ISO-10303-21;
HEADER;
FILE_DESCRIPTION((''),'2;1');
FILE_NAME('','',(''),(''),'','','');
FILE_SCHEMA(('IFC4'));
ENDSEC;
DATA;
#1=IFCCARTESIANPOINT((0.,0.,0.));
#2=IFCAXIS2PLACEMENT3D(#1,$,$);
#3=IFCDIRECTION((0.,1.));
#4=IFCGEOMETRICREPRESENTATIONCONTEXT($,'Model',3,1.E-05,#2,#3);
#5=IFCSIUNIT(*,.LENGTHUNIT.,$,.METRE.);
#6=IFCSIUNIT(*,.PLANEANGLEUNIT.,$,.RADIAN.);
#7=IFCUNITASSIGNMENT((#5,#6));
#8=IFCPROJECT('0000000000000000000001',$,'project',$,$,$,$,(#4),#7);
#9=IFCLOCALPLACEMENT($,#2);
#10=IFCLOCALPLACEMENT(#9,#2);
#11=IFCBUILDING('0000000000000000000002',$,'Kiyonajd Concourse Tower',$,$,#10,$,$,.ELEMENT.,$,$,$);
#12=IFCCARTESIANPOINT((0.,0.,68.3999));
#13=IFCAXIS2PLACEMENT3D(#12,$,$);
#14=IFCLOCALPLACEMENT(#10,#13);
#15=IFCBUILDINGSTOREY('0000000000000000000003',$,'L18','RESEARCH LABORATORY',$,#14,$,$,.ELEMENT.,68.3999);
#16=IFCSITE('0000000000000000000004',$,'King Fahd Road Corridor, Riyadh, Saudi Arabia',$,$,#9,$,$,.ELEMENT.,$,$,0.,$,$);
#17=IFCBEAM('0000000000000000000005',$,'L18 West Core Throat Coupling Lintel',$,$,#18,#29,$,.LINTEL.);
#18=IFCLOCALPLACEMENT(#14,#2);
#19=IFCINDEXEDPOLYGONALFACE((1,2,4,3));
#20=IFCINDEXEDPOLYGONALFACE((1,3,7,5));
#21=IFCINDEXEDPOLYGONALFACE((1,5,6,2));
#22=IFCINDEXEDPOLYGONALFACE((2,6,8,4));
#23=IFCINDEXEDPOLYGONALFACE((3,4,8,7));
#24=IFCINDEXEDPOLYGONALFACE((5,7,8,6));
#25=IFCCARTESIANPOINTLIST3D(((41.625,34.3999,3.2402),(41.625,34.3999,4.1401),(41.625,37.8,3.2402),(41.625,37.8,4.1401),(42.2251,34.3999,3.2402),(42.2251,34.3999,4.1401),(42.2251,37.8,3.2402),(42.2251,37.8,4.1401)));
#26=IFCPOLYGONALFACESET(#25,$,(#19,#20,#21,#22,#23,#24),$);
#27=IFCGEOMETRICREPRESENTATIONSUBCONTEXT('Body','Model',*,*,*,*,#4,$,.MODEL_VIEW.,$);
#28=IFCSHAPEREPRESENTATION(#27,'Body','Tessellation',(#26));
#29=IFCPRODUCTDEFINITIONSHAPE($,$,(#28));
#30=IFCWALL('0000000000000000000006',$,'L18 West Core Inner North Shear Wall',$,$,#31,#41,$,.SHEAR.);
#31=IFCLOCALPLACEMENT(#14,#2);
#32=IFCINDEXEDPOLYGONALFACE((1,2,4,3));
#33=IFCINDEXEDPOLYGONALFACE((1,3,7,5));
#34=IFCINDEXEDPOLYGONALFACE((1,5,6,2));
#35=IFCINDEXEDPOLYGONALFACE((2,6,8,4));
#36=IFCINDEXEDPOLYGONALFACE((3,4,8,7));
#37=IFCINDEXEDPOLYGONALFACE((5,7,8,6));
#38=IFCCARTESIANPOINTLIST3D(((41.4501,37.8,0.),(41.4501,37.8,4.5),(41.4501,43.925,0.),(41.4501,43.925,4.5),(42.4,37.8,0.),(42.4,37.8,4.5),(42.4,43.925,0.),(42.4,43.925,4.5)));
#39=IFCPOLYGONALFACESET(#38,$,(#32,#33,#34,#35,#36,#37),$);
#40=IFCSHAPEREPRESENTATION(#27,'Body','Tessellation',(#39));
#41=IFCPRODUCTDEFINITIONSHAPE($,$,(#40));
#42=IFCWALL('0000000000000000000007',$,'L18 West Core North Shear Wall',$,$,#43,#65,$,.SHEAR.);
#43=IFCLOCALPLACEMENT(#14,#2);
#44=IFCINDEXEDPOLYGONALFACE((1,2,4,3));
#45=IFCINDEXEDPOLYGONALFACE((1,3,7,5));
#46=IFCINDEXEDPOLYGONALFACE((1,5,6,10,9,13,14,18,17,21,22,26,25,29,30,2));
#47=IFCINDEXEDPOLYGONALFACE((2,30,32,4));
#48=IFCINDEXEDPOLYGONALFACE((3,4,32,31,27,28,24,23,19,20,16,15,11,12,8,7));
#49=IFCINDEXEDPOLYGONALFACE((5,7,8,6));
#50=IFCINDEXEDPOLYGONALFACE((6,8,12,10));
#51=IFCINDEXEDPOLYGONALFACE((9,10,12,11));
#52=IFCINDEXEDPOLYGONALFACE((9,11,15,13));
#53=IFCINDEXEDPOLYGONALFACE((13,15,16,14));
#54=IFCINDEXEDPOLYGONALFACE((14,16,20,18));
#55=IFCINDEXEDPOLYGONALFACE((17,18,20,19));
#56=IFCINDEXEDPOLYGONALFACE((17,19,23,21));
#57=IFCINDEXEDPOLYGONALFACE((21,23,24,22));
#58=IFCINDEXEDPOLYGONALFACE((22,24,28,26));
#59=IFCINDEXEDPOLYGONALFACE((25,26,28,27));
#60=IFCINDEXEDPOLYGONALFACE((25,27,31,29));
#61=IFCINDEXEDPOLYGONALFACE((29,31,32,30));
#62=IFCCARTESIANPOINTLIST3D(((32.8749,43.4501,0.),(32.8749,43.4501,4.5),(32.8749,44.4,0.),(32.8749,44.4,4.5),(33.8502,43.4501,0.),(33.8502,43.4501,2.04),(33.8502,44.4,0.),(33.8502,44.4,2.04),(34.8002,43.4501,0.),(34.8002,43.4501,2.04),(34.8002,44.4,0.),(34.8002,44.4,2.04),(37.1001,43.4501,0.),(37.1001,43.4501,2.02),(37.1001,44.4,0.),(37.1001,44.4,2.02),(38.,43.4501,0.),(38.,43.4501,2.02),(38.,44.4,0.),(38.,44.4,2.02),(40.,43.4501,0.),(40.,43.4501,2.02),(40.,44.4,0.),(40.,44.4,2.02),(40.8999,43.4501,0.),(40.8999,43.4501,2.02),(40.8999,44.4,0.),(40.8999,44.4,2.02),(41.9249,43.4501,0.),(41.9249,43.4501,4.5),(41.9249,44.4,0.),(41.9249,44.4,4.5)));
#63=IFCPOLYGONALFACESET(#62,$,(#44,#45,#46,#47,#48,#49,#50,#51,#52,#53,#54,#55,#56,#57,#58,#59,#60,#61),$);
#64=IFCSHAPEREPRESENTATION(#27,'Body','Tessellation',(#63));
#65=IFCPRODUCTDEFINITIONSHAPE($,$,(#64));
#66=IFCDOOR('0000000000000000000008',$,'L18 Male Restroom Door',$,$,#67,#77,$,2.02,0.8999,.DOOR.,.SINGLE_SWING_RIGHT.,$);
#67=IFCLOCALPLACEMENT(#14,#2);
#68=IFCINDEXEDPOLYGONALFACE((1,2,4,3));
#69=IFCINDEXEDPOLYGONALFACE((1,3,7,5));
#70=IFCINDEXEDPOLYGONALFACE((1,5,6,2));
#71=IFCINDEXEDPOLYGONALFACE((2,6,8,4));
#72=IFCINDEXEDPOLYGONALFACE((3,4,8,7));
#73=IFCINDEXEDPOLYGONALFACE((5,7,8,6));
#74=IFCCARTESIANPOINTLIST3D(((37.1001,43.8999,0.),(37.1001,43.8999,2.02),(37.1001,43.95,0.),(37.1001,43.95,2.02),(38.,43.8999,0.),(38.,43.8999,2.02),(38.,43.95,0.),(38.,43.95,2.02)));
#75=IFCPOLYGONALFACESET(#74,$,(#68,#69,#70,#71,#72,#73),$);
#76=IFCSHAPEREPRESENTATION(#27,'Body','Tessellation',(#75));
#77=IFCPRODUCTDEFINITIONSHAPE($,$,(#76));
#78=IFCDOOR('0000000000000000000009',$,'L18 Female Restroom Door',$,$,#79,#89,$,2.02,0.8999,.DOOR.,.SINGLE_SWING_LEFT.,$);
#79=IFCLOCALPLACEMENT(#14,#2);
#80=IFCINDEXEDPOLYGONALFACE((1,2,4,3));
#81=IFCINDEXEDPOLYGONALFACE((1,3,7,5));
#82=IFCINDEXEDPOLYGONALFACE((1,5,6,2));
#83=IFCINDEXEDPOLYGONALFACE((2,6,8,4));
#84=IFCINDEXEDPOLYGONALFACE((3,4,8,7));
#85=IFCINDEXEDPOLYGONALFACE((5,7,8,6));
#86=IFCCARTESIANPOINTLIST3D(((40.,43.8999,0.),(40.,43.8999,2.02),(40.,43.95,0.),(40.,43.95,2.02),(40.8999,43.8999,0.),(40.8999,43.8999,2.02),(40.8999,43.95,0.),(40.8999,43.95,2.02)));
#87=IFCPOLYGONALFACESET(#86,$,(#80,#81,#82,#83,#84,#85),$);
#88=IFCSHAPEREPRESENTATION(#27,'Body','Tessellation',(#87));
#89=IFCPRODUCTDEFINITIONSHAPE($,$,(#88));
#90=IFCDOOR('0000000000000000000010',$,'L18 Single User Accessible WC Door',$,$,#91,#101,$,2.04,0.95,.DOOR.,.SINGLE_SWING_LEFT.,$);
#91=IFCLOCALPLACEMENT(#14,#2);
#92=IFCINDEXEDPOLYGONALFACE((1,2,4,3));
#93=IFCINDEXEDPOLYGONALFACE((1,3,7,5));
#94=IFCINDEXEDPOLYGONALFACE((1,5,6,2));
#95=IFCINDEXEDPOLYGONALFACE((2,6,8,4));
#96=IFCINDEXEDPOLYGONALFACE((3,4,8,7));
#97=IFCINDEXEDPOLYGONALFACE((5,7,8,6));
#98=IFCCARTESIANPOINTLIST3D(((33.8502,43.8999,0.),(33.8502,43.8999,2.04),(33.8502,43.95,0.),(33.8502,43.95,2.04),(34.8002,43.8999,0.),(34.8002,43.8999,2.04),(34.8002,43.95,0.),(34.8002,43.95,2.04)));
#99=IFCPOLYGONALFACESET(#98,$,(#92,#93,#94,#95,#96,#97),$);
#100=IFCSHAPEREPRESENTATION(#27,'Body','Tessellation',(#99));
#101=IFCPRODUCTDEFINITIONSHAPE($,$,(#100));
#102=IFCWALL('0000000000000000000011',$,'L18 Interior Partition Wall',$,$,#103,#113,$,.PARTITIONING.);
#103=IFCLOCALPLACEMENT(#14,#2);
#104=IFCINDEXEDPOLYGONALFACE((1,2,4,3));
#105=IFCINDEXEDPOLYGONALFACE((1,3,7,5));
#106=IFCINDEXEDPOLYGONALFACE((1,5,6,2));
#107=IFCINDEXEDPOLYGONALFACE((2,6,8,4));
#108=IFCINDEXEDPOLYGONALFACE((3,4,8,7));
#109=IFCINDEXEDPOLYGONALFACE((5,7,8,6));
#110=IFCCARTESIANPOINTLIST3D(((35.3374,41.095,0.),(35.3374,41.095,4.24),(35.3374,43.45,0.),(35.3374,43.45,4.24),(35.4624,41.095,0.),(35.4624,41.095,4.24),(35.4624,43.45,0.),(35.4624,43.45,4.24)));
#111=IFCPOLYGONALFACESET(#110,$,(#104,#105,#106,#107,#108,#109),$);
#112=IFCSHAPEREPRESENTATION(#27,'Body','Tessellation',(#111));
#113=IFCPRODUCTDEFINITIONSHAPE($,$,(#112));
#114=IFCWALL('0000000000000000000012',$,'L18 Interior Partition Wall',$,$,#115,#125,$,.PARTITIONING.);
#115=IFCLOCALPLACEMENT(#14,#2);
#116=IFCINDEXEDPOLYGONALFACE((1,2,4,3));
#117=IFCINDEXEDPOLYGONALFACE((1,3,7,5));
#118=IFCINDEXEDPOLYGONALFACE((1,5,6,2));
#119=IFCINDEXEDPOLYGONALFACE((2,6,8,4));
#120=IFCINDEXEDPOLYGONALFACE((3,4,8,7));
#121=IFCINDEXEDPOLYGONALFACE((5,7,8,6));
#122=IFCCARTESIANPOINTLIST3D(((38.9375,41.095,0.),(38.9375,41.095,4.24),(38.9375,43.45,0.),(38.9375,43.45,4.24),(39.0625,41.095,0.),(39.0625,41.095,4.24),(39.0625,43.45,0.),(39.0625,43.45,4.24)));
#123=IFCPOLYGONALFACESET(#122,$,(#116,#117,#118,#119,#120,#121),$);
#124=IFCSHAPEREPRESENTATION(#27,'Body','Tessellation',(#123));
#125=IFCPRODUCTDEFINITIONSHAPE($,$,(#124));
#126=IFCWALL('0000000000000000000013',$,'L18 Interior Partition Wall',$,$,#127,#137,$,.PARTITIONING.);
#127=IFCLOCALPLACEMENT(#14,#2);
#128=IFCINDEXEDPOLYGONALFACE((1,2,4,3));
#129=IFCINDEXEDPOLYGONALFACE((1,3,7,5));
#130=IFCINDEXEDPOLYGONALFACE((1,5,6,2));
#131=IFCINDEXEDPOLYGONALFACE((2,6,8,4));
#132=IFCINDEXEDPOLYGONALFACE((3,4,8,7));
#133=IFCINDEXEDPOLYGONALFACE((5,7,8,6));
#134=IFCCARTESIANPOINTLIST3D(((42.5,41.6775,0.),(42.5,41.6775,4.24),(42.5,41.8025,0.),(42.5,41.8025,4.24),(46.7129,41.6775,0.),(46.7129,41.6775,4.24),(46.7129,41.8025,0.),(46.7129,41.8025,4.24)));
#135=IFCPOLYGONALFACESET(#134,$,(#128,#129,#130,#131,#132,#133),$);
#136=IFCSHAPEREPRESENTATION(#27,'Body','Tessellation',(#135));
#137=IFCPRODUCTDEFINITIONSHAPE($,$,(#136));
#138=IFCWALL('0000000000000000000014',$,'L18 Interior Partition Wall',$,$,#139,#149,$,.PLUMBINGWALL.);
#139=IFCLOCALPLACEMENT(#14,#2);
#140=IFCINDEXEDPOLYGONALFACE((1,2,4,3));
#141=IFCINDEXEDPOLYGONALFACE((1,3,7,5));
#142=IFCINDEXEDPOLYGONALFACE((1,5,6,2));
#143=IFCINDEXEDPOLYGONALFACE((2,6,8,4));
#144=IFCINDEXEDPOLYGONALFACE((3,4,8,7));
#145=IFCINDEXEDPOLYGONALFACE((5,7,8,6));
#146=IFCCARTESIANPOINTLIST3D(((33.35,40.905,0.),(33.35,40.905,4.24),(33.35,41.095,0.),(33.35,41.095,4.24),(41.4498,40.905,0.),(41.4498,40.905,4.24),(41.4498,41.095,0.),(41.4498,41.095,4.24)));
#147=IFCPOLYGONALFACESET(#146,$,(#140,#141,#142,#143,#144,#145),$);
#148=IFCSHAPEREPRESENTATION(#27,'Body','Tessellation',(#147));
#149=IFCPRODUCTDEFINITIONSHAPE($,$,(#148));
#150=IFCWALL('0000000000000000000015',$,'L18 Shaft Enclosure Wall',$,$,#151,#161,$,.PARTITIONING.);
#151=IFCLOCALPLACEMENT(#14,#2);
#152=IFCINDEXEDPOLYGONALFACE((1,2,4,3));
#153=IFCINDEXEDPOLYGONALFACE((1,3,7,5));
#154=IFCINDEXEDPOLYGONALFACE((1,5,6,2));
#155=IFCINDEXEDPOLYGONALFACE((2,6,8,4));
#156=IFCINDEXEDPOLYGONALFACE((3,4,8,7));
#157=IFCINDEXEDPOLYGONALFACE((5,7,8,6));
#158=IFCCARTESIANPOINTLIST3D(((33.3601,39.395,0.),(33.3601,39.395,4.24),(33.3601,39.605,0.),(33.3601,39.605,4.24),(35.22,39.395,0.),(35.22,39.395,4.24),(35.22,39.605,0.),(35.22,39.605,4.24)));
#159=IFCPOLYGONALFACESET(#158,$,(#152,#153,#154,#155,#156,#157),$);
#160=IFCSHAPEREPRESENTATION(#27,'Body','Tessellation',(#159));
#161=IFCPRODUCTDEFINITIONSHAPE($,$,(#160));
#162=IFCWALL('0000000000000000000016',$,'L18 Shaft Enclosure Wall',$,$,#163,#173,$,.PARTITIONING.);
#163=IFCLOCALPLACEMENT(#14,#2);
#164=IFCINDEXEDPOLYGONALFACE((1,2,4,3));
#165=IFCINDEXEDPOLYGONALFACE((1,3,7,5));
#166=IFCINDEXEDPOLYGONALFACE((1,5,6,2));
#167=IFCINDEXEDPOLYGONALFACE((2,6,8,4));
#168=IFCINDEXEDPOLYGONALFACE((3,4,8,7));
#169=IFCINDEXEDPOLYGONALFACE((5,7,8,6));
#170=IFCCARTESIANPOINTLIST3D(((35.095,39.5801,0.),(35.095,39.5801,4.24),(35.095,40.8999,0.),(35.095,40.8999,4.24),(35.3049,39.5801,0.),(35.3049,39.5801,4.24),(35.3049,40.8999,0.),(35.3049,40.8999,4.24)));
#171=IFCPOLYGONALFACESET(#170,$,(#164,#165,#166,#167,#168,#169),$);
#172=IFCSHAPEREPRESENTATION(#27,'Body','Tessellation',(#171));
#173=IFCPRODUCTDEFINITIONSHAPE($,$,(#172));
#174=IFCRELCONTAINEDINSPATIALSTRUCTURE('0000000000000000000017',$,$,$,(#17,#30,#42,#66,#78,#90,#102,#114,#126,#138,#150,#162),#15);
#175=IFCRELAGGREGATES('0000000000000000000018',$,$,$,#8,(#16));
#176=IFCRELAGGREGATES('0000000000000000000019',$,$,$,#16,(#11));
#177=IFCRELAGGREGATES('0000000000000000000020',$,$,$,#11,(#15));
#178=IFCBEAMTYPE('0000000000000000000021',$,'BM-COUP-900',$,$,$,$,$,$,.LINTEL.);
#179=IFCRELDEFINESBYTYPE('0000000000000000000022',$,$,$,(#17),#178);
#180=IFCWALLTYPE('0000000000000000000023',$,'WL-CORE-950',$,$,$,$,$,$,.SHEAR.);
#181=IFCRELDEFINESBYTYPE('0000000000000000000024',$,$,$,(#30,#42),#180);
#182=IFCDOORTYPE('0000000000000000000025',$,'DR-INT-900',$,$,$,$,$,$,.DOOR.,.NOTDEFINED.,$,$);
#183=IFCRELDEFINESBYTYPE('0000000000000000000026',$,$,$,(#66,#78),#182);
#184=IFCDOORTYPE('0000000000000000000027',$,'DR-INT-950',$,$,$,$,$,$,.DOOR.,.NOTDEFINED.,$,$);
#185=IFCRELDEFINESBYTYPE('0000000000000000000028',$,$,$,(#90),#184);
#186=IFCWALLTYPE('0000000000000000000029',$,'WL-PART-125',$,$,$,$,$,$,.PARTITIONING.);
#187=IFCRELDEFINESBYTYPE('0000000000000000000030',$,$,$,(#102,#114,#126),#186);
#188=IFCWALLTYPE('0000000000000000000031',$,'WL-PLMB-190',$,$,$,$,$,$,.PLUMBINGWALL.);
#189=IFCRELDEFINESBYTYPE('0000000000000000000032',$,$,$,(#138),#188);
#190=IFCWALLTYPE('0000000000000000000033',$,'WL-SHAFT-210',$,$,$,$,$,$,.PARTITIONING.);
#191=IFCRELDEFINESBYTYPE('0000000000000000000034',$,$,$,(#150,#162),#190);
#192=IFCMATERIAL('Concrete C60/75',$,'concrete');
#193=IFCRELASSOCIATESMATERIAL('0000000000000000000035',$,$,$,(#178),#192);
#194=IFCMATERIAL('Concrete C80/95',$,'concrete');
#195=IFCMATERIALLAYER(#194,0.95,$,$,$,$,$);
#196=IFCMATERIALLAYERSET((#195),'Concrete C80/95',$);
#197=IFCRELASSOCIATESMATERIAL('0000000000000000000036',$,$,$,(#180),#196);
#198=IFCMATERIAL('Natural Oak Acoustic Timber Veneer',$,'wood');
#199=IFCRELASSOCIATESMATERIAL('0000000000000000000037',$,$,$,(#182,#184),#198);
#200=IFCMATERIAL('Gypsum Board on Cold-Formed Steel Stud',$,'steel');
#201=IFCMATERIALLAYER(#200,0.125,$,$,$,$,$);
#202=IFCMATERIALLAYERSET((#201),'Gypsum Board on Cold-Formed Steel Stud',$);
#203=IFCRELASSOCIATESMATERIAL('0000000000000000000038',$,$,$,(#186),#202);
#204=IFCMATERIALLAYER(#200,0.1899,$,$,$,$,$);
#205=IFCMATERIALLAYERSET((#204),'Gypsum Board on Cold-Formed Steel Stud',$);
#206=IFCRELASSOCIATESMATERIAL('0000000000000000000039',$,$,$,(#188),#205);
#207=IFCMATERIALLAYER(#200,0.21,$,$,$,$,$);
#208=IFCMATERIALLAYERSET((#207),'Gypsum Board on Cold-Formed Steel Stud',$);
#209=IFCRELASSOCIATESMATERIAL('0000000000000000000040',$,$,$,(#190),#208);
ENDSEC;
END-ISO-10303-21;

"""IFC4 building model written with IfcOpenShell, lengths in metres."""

from ifc_helpers import new_model, si_unit, direction, frame, frame_2d, origin, origin_2d, place, context, subcontext, project, spatial, rectangle, extrude, material, layer, layer_set, material_profile, profile_set, type_object, element, fill, save


model = new_model("IFC4")

# Units and contexts
model_context = context("Model", 3, precision=1e-05, world=origin(), true_north=direction((0.0, 1.0)))
body_context = subcontext(model_context, "Body", "Model", "MODEL_VIEW")
ifc_project = project(units=[si_unit("LENGTHUNIT", "METRE"), si_unit("PLANEANGLEUNIT", "RADIAN")], contexts=[model_context])

# Site, building, storey
site_placement = place(None, origin())
site = spatial("IfcSite", under=ifc_project, at=site_placement, Name="King Fahd Road Corridor, Riyadh, Saudi Arabia", CompositionType="ELEMENT", RefElevation=0.0)
building_placement = place(site_placement, origin())
building = spatial("IfcBuilding", under=site, at=building_placement, Name="Kiyonajd Concourse Tower", CompositionType="ELEMENT")
storey_placement = place(building_placement, frame((0.0, 0.0, 68.3999)))
storey = spatial("IfcBuildingStorey", under=building, at=storey_placement, Name="L18", Description="RESEARCH LABORATORY", CompositionType="ELEMENT", Elevation=68.3999)

# Beam
ifc_material_1 = material(Name="Concrete C60/75", Category="concrete")
ifc_material_profile = material_profile(ifc_material_1, rectangle(XDim=0.6001, YDim=0.8999, at=origin_2d()), Name="RCBM-600x900")
ifc_profile_set = profile_set([ifc_material_profile], Name="Concrete C60/75")
beam_type = type_object("IfcBeamType", Name="BM-COUP-900", PredefinedType="LINTEL", material=ifc_profile_set)
beam_placement = place(storey_placement, frame((41.925, 34.3999, 3.6902), z_axis=(0.0, 1.0, 0.0), x_axis=(-1.0, 0.0, 0.0)))
element("IfcBeam", 1, at=beam_placement, inside=storey, type_object=beam_type, Name="L18 West Core Throat Coupling Lintel", PredefinedType="LINTEL", context=body_context, shape_type="SweptSolid", body=[
    extrude(rectangle(XDim=0.6001, YDim=0.8999, at=origin_2d()), origin(), (0.0, 0.0, 1.0), 3.4001),
])

# Wall
ifc_material_2 = material(Name="Concrete C80/95", Category="concrete")
ifc_layer_1 = layer(ifc_material_2, 0.95)
ifc_layer_set_1 = layer_set([ifc_layer_1], Name="Concrete C80/95")
wall_type_1 = type_object("IfcWallType", Name="WL-CORE-950", PredefinedType="SHEAR", material=ifc_layer_set_1)
wall_1_placement = place(storey_placement, frame((41.925, 37.8, 0.0), z_axis=(0.0, 0.0, 1.0), x_axis=(0.0, 1.0, 0.0)))
element("IfcWall", 2, at=wall_1_placement, inside=storey, type_object=wall_type_1, Name="L18 West Core Inner North Shear Wall", PredefinedType="SHEAR", context=body_context, shape_type="SweptSolid", body=[
    extrude(rectangle(XDim=6.125, YDim=0.95, at=frame_2d((3.0625, 0.0))), origin(), (0.0, 0.0, 1.0), 4.5),
])

# Wall, openings, doors
wall_2_placement = place(storey_placement, frame((32.875, 43.925, 0.0), z_axis=(0.0, 0.0, 1.0), x_axis=(1.0, 0.0, 0.0)))
wall_2 = element("IfcWall", 3, at=wall_2_placement, inside=storey, type_object=wall_type_1, Name="L18 West Core North Shear Wall", PredefinedType="SHEAR", context=body_context, shape_type="SweptSolid", body=[
    extrude(rectangle(XDim=9.05, YDim=0.95, at=frame_2d((4.5249, 0.0))), origin(), (0.0, 0.0, 1.0), 4.5),
])
opening_1_placement = place(wall_2_placement, frame((0.9751, 0.0, 0.0)))
opening_1 = element("IfcOpeningElement", 4, at=opening_1_placement, cuts=wall_2, PredefinedType="OPENING", context=body_context, shape_type="SweptSolid", body=[
    extrude(rectangle(XDim=0.95, YDim=2.04, at=frame_2d((0.4751, 1.02))), frame((0.0, 0.4849, 0.0), z_axis=(0.0, -1.0, 0.0), x_axis=(1.0, 0.0, 0.0)), (0.0, 0.0, 1.0), 0.97),
])
opening_2_placement = place(wall_2_placement, frame((4.2251, 0.0, 0.0)))
opening_2 = element("IfcOpeningElement", 5, at=opening_2_placement, cuts=wall_2, PredefinedType="OPENING", context=body_context, shape_type="SweptSolid", body=[
    extrude(rectangle(XDim=0.8999, YDim=2.02, at=frame_2d((0.45, 1.01))), frame((0.0, 0.4849, 0.0), z_axis=(0.0, -1.0, 0.0), x_axis=(1.0, 0.0, 0.0)), (0.0, 0.0, 1.0), 0.97),
])
opening_3_placement = place(wall_2_placement, frame((7.125, 0.0, 0.0)))
opening_3 = element("IfcOpeningElement", 6, at=opening_3_placement, cuts=wall_2, PredefinedType="OPENING", context=body_context, shape_type="SweptSolid", body=[
    extrude(rectangle(XDim=0.8999, YDim=2.02, at=frame_2d((0.45, 1.01))), frame((0.0, 0.4849, 0.0), z_axis=(0.0, -1.0, 0.0), x_axis=(1.0, 0.0, 0.0)), (0.0, 0.0, 1.0), 0.97),
])
ifc_material_3 = material(Name="Natural Oak Acoustic Timber Veneer", Category="wood")
door_type_1 = type_object("IfcDoorType", Name="DR-INT-900", OperationType="NOTDEFINED", PredefinedType="DOOR", material=ifc_material_3)
door_1_placement = place(opening_2_placement, origin())
door_1 = element("IfcDoor", 7, at=door_1_placement, inside=storey, type_object=door_type_1, Name="L18 Male Restroom Door", OperationType="SINGLE_SWING_RIGHT", OverallHeight=2.02, OverallWidth=0.8999, PredefinedType="DOOR", context=body_context, shape_type="SweptSolid", body=[
    extrude(rectangle(XDim=0.8999, YDim=2.02, at=frame_2d((0.45, 1.01))), frame((0.0, 0.0249, 0.0), z_axis=(0.0, -1.0, 0.0), x_axis=(1.0, 0.0, 0.0)), (0.0, 0.0, 1.0), 0.05),
])
fill(opening_2, door_1)
door_2_placement = place(opening_3_placement, origin())
door_2 = element("IfcDoor", 8, at=door_2_placement, inside=storey, type_object=door_type_1, Name="L18 Female Restroom Door", OperationType="SINGLE_SWING_LEFT", OverallHeight=2.02, OverallWidth=0.8999, PredefinedType="DOOR", context=body_context, shape_type="SweptSolid", body=[
    extrude(rectangle(XDim=0.8999, YDim=2.02, at=frame_2d((0.45, 1.01))), frame((0.0, 0.0249, 0.0), z_axis=(0.0, -1.0, 0.0), x_axis=(1.0, 0.0, 0.0)), (0.0, 0.0, 1.0), 0.05),
])
fill(opening_3, door_2)
door_type_2 = type_object("IfcDoorType", Name="DR-INT-950", OperationType="NOTDEFINED", PredefinedType="DOOR", material=ifc_material_3)
door_3_placement = place(opening_1_placement, origin())
door_3 = element("IfcDoor", 9, at=door_3_placement, inside=storey, type_object=door_type_2, Name="L18 Single User Accessible WC Door", OperationType="SINGLE_SWING_LEFT", OverallHeight=2.04, OverallWidth=0.95, PredefinedType="DOOR", context=body_context, shape_type="SweptSolid", body=[
    extrude(rectangle(XDim=0.95, YDim=2.04, at=frame_2d((0.4751, 1.02))), frame((0.0, 0.0249, 0.0), z_axis=(0.0, -1.0, 0.0), x_axis=(1.0, 0.0, 0.0)), (0.0, 0.0, 1.0), 0.05),
])
fill(opening_1, door_3)

# Walls
ifc_material_4 = material(Name="Gypsum Board on Cold-Formed Steel Stud", Category="steel")
ifc_layer_2 = layer(ifc_material_4, 0.125)
ifc_layer_set_2 = layer_set([ifc_layer_2], Name="Gypsum Board on Cold-Formed Steel Stud")
wall_type_2 = type_object("IfcWallType", Name="WL-PART-125", PredefinedType="PARTITIONING", material=ifc_layer_set_2)
for number, where, z_axis, x_axis, name in (
    (10, (35.3999, 41.095, 0.0), (0.0, 0.0, 1.0), (0.0, 1.0, 0.0), "L18 Interior Partition Wall"),
    (11, (39.0, 41.095, 0.0), (0.0, 0.0, 1.0), (0.0, 1.0, 0.0), "L18 Interior Partition Wall"),
):
    element("IfcWall", number, at=place(storey_placement, frame(where, z_axis=z_axis, x_axis=x_axis)), inside=storey, type_object=wall_type_2, Name=name, PredefinedType="PARTITIONING", context=body_context, shape_type="SweptSolid", body=[
        extrude(rectangle(XDim=2.355, YDim=0.125, at=frame_2d((1.1775, 0.0))), origin(), (0.0, 0.0, 1.0), 4.24),
    ])
wall_3_placement = place(storey_placement, frame((42.5, 41.74, 0.0), z_axis=(0.0, 0.0, 1.0), x_axis=(1.0, 0.0, 0.0)))
element("IfcWall", 12, at=wall_3_placement, inside=storey, type_object=wall_type_2, Name="L18 Interior Partition Wall", PredefinedType="PARTITIONING", context=body_context, shape_type="SweptSolid", body=[
    extrude(rectangle(XDim=4.2129, YDim=0.125, at=frame_2d((2.1064, 0.0))), origin(), (0.0, 0.0, 1.0), 4.24),
])
ifc_layer_3 = layer(ifc_material_4, 0.1899)
ifc_layer_set_3 = layer_set([ifc_layer_3], Name="Gypsum Board on Cold-Formed Steel Stud")
wall_type_3 = type_object("IfcWallType", Name="WL-PLMB-190", PredefinedType="PLUMBINGWALL", material=ifc_layer_set_3)
wall_4_placement = place(storey_placement, frame((33.3501, 41.0, 0.0), z_axis=(0.0, 0.0, 1.0), x_axis=(1.0, 0.0, 0.0)))
element("IfcWall", 13, at=wall_4_placement, inside=storey, type_object=wall_type_3, Name="L18 Interior Partition Wall", PredefinedType="PLUMBINGWALL", context=body_context, shape_type="SweptSolid", body=[
    extrude(rectangle(XDim=8.0999, YDim=0.1899, at=frame_2d((4.0498, 0.0))), origin(), (0.0, 0.0, 1.0), 4.24),
])
ifc_layer_4 = layer(ifc_material_4, 0.21)
ifc_layer_set_4 = layer_set([ifc_layer_4], Name="Gypsum Board on Cold-Formed Steel Stud")
wall_type_4 = type_object("IfcWallType", Name="WL-SHAFT-210", PredefinedType="PARTITIONING", material=ifc_layer_set_4)
wall_5_placement = place(storey_placement, frame((33.3601, 39.5, 0.0), z_axis=(0.0, 0.0, 1.0), x_axis=(1.0, 0.0, 0.0)))
element("IfcWall", 14, at=wall_5_placement, inside=storey, type_object=wall_type_4, Name="L18 Shaft Enclosure Wall", PredefinedType="PARTITIONING", context=body_context, shape_type="SweptSolid", body=[
    extrude(rectangle(XDim=1.8599, YDim=0.21, at=frame_2d((0.9299, 0.0))), origin(), (0.0, 0.0, 1.0), 4.24),
])
wall_6_placement = place(storey_placement, frame((35.2, 39.5801, 0.0), z_axis=(0.0, 0.0, 1.0), x_axis=(0.0, 1.0, 0.0)))
element("IfcWall", 15, at=wall_6_placement, inside=storey, type_object=wall_type_4, Name="L18 Shaft Enclosure Wall", PredefinedType="PARTITIONING", context=body_context, shape_type="SweptSolid", body=[
    extrude(rectangle(XDim=1.3198, YDim=0.21, at=frame_2d((0.6599, 0.0))), origin(), (0.0, 0.0, 1.0), 4.24),
])

save(model, "model.ifc")
